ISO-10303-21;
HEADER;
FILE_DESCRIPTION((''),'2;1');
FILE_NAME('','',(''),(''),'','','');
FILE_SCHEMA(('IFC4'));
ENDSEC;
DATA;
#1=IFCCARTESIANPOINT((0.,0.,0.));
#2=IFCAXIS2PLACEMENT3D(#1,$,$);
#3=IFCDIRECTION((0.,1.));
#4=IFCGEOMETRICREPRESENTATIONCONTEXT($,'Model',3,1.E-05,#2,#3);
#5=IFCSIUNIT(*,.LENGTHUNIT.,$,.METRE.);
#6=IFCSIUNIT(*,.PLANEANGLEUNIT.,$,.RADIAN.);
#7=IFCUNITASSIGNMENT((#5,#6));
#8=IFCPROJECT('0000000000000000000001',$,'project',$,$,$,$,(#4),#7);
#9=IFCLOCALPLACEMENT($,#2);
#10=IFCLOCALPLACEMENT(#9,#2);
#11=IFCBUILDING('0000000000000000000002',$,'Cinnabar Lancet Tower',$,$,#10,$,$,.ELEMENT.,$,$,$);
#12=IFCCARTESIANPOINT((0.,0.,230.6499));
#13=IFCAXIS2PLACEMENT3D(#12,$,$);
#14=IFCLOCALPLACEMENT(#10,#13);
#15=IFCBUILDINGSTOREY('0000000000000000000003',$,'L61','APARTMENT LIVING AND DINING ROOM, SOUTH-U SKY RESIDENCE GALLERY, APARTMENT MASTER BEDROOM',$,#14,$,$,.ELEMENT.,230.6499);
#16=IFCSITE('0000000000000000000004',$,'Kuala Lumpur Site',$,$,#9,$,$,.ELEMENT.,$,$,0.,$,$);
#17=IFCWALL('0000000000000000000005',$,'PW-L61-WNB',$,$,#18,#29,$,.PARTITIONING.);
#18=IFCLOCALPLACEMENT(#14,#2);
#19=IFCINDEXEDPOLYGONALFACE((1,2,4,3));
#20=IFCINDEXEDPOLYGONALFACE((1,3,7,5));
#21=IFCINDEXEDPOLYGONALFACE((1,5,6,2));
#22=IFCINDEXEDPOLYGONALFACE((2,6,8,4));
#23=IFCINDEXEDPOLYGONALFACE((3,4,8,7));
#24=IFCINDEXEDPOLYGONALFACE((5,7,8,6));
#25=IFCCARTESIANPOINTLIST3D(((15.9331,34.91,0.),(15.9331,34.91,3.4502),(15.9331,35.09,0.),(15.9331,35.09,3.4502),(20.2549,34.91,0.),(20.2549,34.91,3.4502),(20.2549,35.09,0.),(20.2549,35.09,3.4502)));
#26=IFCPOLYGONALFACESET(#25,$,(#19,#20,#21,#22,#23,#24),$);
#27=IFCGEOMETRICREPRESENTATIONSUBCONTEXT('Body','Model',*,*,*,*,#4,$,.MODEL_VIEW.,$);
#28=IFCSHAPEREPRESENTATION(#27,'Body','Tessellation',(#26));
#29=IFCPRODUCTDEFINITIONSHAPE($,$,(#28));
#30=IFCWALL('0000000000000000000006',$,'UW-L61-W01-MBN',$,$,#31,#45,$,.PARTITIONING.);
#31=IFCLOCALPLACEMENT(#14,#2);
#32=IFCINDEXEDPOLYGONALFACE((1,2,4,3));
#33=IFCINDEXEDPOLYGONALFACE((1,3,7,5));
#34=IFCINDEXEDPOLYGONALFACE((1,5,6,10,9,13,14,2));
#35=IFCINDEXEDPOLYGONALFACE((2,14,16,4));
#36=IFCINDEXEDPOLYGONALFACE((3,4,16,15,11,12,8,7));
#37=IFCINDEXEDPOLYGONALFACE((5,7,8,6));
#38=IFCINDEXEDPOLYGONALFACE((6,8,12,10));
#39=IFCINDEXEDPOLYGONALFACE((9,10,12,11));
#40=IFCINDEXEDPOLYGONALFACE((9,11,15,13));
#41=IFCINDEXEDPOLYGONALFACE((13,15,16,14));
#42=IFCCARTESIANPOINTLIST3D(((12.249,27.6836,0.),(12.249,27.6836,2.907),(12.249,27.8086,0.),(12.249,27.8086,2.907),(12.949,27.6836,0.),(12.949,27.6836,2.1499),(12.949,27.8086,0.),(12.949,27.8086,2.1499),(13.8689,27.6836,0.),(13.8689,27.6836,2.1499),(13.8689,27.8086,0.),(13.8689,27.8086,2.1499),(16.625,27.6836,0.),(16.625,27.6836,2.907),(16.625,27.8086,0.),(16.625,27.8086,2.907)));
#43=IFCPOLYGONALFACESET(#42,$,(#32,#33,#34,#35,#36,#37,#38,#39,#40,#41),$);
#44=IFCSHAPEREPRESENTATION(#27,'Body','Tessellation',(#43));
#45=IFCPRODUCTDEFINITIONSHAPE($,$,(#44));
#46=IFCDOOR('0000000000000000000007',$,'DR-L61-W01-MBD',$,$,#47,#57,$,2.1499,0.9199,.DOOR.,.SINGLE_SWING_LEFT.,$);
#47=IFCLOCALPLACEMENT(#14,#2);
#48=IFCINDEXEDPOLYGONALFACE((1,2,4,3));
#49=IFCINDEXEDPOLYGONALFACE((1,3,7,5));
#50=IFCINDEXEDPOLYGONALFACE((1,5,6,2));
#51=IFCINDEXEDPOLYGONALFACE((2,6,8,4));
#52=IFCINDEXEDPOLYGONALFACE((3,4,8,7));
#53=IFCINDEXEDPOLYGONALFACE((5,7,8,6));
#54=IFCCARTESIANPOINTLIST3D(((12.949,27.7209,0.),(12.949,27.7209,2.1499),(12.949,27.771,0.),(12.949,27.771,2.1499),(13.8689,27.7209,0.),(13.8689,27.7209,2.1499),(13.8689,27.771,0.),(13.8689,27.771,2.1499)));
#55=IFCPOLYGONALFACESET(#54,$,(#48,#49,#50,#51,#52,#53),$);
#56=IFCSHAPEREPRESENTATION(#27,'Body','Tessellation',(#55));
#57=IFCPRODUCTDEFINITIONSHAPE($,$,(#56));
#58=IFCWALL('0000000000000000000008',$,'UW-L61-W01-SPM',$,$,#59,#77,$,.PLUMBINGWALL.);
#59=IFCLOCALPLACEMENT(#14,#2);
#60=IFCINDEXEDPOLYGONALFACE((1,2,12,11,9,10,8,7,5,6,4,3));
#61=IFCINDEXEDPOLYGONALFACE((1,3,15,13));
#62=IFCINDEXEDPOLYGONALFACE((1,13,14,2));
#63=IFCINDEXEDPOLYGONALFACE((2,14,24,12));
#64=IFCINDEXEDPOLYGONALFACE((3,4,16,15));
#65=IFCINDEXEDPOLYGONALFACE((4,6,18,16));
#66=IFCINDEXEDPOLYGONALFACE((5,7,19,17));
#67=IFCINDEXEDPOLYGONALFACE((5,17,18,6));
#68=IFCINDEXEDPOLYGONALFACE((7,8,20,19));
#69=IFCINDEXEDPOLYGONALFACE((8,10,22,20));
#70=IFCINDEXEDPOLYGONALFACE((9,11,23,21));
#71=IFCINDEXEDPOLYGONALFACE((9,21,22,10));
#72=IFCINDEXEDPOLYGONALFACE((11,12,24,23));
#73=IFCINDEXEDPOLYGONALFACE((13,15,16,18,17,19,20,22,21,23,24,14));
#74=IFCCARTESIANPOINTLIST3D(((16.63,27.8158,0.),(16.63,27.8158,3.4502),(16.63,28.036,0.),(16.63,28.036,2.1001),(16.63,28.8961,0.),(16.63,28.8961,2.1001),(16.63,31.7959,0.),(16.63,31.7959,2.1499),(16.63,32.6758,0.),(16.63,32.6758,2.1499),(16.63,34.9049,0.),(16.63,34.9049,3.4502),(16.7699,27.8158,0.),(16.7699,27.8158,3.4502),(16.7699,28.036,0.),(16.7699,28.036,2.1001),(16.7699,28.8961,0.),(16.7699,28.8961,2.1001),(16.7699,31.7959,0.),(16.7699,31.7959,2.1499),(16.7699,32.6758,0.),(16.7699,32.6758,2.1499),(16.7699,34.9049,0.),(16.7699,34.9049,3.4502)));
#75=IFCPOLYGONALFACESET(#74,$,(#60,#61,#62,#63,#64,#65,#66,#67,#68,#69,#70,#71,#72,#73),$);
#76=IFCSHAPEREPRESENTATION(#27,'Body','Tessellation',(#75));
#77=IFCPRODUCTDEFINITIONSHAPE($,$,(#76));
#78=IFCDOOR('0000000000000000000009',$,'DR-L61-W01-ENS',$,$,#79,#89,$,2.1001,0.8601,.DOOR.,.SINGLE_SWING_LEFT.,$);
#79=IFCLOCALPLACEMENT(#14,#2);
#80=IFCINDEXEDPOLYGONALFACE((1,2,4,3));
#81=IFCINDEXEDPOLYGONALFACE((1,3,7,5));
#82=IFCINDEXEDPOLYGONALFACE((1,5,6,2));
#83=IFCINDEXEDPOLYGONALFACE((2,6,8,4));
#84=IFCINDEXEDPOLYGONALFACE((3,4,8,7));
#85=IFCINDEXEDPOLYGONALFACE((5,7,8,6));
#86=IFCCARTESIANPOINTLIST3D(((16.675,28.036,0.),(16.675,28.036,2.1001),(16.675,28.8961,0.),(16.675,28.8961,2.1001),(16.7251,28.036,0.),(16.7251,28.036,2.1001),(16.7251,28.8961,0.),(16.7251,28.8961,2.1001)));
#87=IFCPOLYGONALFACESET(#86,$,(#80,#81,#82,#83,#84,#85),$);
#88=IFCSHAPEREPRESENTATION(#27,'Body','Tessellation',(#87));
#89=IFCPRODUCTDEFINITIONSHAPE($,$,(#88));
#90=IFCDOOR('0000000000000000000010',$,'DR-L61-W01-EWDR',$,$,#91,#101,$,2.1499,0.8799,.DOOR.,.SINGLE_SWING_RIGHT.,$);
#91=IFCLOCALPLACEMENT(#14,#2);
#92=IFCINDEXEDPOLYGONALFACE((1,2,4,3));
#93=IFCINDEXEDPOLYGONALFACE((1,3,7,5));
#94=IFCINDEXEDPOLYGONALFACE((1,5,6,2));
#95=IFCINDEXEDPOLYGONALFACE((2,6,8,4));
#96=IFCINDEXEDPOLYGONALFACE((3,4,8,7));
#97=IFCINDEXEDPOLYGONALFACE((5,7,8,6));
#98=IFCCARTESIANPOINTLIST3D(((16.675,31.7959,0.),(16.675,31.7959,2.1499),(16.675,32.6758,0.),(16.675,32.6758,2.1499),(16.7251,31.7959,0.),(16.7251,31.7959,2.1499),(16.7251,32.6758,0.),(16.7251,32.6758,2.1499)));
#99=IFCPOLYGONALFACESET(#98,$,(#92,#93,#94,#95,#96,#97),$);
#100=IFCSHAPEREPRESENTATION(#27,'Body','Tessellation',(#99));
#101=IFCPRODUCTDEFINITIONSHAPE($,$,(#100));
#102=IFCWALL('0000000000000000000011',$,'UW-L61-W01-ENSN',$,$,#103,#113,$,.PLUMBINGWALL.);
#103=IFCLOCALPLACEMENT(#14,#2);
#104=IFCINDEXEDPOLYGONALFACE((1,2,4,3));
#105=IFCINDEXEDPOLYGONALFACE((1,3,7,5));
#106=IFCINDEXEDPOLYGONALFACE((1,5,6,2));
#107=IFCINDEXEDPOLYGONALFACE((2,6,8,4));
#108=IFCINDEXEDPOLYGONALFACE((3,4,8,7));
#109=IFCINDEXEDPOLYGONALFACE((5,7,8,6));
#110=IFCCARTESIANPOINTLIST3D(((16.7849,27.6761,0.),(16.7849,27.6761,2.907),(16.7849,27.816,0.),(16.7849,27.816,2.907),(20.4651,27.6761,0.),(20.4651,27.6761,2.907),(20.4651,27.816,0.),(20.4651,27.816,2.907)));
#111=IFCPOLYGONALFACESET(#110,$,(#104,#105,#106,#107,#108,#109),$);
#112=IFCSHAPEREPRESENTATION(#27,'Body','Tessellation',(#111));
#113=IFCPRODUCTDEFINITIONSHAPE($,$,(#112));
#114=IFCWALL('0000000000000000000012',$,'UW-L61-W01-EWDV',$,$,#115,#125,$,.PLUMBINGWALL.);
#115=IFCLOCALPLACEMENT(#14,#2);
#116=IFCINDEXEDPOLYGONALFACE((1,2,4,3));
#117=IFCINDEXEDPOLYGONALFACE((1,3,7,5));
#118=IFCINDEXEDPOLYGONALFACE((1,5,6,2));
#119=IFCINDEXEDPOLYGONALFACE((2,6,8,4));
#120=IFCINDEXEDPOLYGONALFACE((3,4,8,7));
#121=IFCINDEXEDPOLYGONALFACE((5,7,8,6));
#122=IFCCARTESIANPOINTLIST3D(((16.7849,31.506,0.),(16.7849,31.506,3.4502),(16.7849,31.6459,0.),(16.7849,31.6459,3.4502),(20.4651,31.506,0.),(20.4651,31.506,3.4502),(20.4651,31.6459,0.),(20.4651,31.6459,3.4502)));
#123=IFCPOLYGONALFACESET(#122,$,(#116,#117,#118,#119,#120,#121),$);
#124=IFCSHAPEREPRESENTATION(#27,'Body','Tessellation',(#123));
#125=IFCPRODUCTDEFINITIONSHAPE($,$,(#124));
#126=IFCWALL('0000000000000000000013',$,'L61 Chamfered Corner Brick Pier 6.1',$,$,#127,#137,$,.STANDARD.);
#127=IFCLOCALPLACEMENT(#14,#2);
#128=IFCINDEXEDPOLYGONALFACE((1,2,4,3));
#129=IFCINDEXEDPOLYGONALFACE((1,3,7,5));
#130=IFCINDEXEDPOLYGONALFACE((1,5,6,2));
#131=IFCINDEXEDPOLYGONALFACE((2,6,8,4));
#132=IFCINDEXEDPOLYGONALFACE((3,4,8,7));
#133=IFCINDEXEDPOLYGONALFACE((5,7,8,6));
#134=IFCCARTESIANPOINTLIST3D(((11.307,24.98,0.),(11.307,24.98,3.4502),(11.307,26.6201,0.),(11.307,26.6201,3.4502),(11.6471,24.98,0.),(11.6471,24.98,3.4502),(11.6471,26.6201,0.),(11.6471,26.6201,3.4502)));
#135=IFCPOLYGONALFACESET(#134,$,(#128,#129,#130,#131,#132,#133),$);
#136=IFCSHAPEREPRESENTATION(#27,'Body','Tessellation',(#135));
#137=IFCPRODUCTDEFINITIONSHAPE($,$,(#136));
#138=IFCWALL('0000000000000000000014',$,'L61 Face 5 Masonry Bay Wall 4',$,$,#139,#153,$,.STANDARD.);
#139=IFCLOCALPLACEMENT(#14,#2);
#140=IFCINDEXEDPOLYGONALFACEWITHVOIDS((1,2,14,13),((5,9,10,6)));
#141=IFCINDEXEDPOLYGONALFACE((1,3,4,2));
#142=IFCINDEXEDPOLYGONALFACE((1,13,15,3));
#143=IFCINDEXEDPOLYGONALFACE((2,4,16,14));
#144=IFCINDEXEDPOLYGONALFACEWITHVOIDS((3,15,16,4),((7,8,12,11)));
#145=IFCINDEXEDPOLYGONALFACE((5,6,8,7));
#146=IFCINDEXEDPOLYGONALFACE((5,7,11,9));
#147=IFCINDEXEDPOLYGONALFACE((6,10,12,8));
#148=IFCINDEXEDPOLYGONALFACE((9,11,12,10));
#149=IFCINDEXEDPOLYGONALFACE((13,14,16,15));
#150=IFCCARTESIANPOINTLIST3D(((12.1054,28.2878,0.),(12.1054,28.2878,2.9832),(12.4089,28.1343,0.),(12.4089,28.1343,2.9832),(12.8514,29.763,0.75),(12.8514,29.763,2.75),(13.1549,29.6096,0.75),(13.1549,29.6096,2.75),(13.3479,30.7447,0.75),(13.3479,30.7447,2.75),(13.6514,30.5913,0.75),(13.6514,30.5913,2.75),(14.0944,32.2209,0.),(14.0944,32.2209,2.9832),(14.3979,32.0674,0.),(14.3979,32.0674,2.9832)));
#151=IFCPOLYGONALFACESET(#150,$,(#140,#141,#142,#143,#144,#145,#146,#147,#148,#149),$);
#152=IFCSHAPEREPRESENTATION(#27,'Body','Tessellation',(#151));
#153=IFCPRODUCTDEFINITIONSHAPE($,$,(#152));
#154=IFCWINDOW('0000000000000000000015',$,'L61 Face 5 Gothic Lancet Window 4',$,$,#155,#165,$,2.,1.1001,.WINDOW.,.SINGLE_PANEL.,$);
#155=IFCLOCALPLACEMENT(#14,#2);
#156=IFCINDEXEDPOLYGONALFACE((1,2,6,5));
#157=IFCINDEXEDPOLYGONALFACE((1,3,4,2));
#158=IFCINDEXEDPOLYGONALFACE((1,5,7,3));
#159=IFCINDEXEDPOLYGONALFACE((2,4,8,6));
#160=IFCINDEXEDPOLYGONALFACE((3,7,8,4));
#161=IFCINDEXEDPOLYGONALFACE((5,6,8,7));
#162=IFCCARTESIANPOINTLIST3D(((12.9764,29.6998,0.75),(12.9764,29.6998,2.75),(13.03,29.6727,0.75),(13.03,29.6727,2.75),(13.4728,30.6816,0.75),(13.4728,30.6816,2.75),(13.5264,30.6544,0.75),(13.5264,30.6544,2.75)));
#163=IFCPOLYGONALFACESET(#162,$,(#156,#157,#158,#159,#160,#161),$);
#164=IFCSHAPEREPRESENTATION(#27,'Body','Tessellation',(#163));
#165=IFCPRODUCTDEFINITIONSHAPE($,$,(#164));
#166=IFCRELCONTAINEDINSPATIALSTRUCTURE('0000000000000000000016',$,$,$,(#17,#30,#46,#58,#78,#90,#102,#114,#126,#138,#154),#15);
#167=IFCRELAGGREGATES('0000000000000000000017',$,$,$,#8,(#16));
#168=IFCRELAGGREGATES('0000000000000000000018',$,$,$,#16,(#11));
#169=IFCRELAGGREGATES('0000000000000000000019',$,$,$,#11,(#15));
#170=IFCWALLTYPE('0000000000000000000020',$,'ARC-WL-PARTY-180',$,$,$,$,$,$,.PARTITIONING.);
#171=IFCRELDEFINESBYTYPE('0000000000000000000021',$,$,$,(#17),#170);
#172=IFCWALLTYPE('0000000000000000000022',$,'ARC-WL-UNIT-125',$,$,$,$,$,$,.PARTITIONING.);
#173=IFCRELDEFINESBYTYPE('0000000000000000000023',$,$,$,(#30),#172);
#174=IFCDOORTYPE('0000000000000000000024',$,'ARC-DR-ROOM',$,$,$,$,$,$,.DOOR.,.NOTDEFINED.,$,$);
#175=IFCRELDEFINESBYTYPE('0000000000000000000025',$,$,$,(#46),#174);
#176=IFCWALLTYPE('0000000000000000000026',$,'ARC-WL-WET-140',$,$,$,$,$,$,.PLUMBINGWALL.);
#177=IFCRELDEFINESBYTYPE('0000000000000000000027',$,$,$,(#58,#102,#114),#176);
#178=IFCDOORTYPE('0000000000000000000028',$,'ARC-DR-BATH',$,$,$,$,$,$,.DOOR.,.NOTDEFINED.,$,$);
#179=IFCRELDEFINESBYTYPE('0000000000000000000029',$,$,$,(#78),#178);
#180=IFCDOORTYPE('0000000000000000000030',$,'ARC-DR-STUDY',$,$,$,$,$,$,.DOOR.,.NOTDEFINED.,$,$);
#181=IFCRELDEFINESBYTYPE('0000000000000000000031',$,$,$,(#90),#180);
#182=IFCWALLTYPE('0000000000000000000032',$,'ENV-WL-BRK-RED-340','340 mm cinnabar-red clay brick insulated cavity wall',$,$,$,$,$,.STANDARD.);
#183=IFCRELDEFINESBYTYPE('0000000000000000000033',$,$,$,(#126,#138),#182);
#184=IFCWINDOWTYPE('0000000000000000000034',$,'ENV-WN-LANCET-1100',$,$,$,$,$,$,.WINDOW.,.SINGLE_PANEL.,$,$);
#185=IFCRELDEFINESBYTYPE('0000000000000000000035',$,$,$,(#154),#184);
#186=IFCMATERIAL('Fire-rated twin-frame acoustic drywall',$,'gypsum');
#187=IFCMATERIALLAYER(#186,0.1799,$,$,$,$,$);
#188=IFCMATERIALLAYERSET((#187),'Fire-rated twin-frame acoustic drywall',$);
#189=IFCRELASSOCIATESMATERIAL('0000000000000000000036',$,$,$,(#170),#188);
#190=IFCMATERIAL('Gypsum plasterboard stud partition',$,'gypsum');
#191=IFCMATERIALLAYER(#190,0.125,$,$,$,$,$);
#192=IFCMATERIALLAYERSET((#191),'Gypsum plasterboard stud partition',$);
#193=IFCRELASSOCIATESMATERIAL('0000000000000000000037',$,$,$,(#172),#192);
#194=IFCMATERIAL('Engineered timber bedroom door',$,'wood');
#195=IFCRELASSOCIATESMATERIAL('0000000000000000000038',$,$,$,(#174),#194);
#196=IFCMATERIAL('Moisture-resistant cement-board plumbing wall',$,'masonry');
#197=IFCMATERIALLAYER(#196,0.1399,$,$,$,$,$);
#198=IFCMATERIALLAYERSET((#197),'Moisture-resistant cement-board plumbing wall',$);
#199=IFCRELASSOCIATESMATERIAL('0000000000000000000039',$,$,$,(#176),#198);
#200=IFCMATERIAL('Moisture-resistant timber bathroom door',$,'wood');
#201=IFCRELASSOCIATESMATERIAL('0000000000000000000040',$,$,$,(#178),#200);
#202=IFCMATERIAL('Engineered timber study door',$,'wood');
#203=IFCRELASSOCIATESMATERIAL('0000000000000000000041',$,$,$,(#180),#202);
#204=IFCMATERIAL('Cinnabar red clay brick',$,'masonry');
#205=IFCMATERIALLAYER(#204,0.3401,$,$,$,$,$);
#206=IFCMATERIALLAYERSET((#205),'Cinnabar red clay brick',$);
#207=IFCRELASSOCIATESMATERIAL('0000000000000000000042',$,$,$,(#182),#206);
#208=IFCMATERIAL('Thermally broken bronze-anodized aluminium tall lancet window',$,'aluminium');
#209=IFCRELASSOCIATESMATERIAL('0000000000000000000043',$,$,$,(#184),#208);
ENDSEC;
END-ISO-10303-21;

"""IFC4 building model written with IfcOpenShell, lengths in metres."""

from ifc_helpers import new_model, si_unit, direction, frame, frame_2d, origin, place, context, subcontext, project, spatial, rectangle, extrude, material, layer, layer_set, type_object, element, fill, save


model = new_model("IFC4")

# Units and contexts
model_context = context("Model", 3, precision=1e-05, world=origin(), true_north=direction((0.0, 1.0)))
body_context = subcontext(model_context, "Body", "Model", "MODEL_VIEW")
ifc_project = project(units=[si_unit("LENGTHUNIT", "METRE"), si_unit("PLANEANGLEUNIT", "RADIAN")], contexts=[model_context])

# Site, building, storey
site_placement = place(None, origin())
site = spatial("IfcSite", under=ifc_project, at=site_placement, Name="Kuala Lumpur Site", CompositionType="ELEMENT", RefElevation=0.0)
building_placement = place(site_placement, origin())
building = spatial("IfcBuilding", under=site, at=building_placement, Name="Cinnabar Lancet Tower", CompositionType="ELEMENT")
storey_placement = place(building_placement, frame((0.0, 0.0, 230.6499)))
storey = spatial("IfcBuildingStorey", under=building, at=storey_placement, Name="L61", Description="APARTMENT LIVING AND DINING ROOM, SOUTH-U SKY RESIDENCE GALLERY, APARTMENT MASTER BEDROOM", CompositionType="ELEMENT", Elevation=230.6499)

# Wall
ifc_material_1 = material(Name="Fire-rated twin-frame acoustic drywall", Category="gypsum")
ifc_layer_1 = layer(ifc_material_1, 0.1799)
ifc_layer_set_1 = layer_set([ifc_layer_1], Name="Fire-rated twin-frame acoustic drywall")
wall_type_1 = type_object("IfcWallType", Name="ARC-WL-PARTY-180", PredefinedType="PARTITIONING", material=ifc_layer_set_1)
wall_1_placement = place(storey_placement, frame((15.9331, 35.0, 0.0), z_axis=(0.0, 0.0, 1.0), x_axis=(1.0, 0.0, 0.0)))
element("IfcWall", 1, at=wall_1_placement, inside=storey, type_object=wall_type_1, Name="PW-L61-WNB", PredefinedType="PARTITIONING", context=body_context, shape_type="SweptSolid", body=[
    extrude(rectangle(XDim=4.3218, YDim=0.1799, at=frame_2d((2.1609, 0.0))), origin(), (0.0, 0.0, 1.0), 3.4502),
])

# Wall, opening, door
ifc_material_2 = material(Name="Gypsum plasterboard stud partition", Category="gypsum")
ifc_layer_2 = layer(ifc_material_2, 0.125)
ifc_layer_set_2 = layer_set([ifc_layer_2], Name="Gypsum plasterboard stud partition")
wall_type_2 = type_object("IfcWallType", Name="ARC-WL-UNIT-125", PredefinedType="PARTITIONING", material=ifc_layer_set_2)
wall_2_placement = place(storey_placement, frame((12.249, 27.7461, 0.0), z_axis=(0.0, 0.0, 1.0), x_axis=(1.0, 0.0, 0.0)))
wall_2 = element("IfcWall", 2, at=wall_2_placement, inside=storey, type_object=wall_type_2, Name="UW-L61-W01-MBN", PredefinedType="PARTITIONING", context=body_context, shape_type="SweptSolid", body=[
    extrude(rectangle(XDim=4.376, YDim=0.125, at=frame_2d((2.188, 0.0))), origin(), (0.0, 0.0, 1.0), 2.907),
])
opening_1_placement = place(wall_2_placement, frame((0.7, 0.0, 0.0)))
opening_1 = element("IfcOpeningElement", 3, at=opening_1_placement, cuts=wall_2, PredefinedType="OPENING", context=body_context, shape_type="SweptSolid", body=[
    extrude(rectangle(XDim=0.9199, YDim=2.1499, at=frame_2d((0.46, 1.075))), frame((0.0, 0.0725, 0.0), z_axis=(0.0, -1.0, 0.0), x_axis=(1.0, 0.0, 0.0)), (0.0, 0.0, 1.0), 0.145),
])
ifc_material_3 = material(Name="Engineered timber bedroom door", Category="wood")
door_type_1 = type_object("IfcDoorType", Name="ARC-DR-ROOM", OperationType="NOTDEFINED", PredefinedType="DOOR", material=ifc_material_3)
door_1_placement = place(opening_1_placement, origin())
door_1 = element("IfcDoor", 4, at=door_1_placement, inside=storey, type_object=door_type_1, Name="DR-L61-W01-MBD", OperationType="SINGLE_SWING_LEFT", OverallHeight=2.1499, OverallWidth=0.9199, PredefinedType="DOOR", context=body_context, shape_type="SweptSolid", body=[
    extrude(rectangle(XDim=0.9199, YDim=2.1499, at=frame_2d((0.46, 1.075))), frame((0.0, 0.0249, 0.0), z_axis=(0.0, -1.0, 0.0), x_axis=(1.0, 0.0, 0.0)), (0.0, 0.0, 1.0), 0.05),
])
fill(opening_1, door_1)

# Wall, openings, doors
ifc_material_4 = material(Name="Moisture-resistant cement-board plumbing wall", Category="masonry")
ifc_layer_3 = layer(ifc_material_4, 0.1399)
ifc_layer_set_3 = layer_set([ifc_layer_3], Name="Moisture-resistant cement-board plumbing wall")
wall_type_3 = type_object("IfcWallType", Name="ARC-WL-WET-140", PredefinedType="PLUMBINGWALL", material=ifc_layer_set_3)
wall_3_placement = place(storey_placement, frame((16.7, 27.8159, 0.0), z_axis=(0.0, 0.0, 1.0), x_axis=(0.0, 1.0, 0.0)))
wall_3 = element("IfcWall", 5, at=wall_3_placement, inside=storey, type_object=wall_type_3, Name="UW-L61-W01-SPM", PredefinedType="PLUMBINGWALL", context=body_context, shape_type="SweptSolid", body=[
    extrude(rectangle(XDim=7.0891, YDim=0.1399, at=frame_2d((3.5444, 0.0))), origin(), (0.0, 0.0, 1.0), 3.4502),
])
opening_2_placement = place(wall_3_placement, frame((0.22, 0.0, 0.0)))
opening_2 = element("IfcOpeningElement", 6, at=opening_2_placement, cuts=wall_3, PredefinedType="OPENING", context=body_context, shape_type="SweptSolid", body=[
    extrude(rectangle(XDim=0.8601, YDim=2.1001, at=frame_2d((0.4302, 1.05))), frame((0.0, 0.0798, 0.0), z_axis=(0.0, -1.0, 0.0), x_axis=(1.0, 0.0, 0.0)), (0.0, 0.0, 1.0), 0.1599),
])
opening_3_placement = place(wall_3_placement, frame((3.98, 0.0, 0.0)))
opening_3 = element("IfcOpeningElement", 7, at=opening_3_placement, cuts=wall_3, PredefinedType="OPENING", context=body_context, shape_type="SweptSolid", body=[
    extrude(rectangle(XDim=0.8799, YDim=2.1499, at=frame_2d((0.4399, 1.075))), frame((0.0, 0.0798, 0.0), z_axis=(0.0, -1.0, 0.0), x_axis=(1.0, 0.0, 0.0)), (0.0, 0.0, 1.0), 0.1599),
])
ifc_material_5 = material(Name="Moisture-resistant timber bathroom door", Category="wood")
door_type_2 = type_object("IfcDoorType", Name="ARC-DR-BATH", OperationType="NOTDEFINED", PredefinedType="DOOR", material=ifc_material_5)
door_2_placement = place(opening_2_placement, origin())
door_2 = element("IfcDoor", 8, at=door_2_placement, inside=storey, type_object=door_type_2, Name="DR-L61-W01-ENS", OperationType="SINGLE_SWING_LEFT", OverallHeight=2.1001, OverallWidth=0.8601, PredefinedType="DOOR", context=body_context, shape_type="SweptSolid", body=[
    extrude(rectangle(XDim=0.8601, YDim=2.1001, at=frame_2d((0.4302, 1.05))), frame((0.0, 0.0249, 0.0), z_axis=(0.0, -1.0, 0.0), x_axis=(1.0, 0.0, 0.0)), (0.0, 0.0, 1.0), 0.05),
])
fill(opening_2, door_2)
ifc_material_6 = material(Name="Engineered timber study door", Category="wood")
door_type_3 = type_object("IfcDoorType", Name="ARC-DR-STUDY", OperationType="NOTDEFINED", PredefinedType="DOOR", material=ifc_material_6)
door_3_placement = place(opening_3_placement, origin())
door_3 = element("IfcDoor", 9, at=door_3_placement, inside=storey, type_object=door_type_3, Name="DR-L61-W01-EWDR", OperationType="SINGLE_SWING_RIGHT", OverallHeight=2.1499, OverallWidth=0.8799, PredefinedType="DOOR", context=body_context, shape_type="SweptSolid", body=[
    extrude(rectangle(XDim=0.8799, YDim=2.1499, at=frame_2d((0.4399, 1.075))), frame((0.0, 0.0249, 0.0), z_axis=(0.0, -1.0, 0.0), x_axis=(1.0, 0.0, 0.0)), (0.0, 0.0, 1.0), 0.05),
])
fill(opening_3, door_3)

# Walls
wall_4_placement = place(storey_placement, frame((16.7849, 27.7461, 0.0), z_axis=(0.0, 0.0, 1.0), x_axis=(1.0, 0.0, 0.0)))
element("IfcWall", 10, at=wall_4_placement, inside=storey, type_object=wall_type_3, Name="UW-L61-W01-ENSN", PredefinedType="PLUMBINGWALL", context=body_context, shape_type="SweptSolid", body=[
    extrude(rectangle(XDim=3.6802, YDim=0.1399, at=frame_2d((1.8401, 0.0))), origin(), (0.0, 0.0, 1.0), 2.907),
])
wall_5_placement = place(storey_placement, frame((16.7849, 31.5759, 0.0), z_axis=(0.0, 0.0, 1.0), x_axis=(1.0, 0.0, 0.0)))
element("IfcWall", 11, at=wall_5_placement, inside=storey, type_object=wall_type_3, Name="UW-L61-W01-EWDV", PredefinedType="PLUMBINGWALL", context=body_context, shape_type="SweptSolid", body=[
    extrude(rectangle(XDim=3.6802, YDim=0.1399, at=frame_2d((1.8401, 0.0))), origin(), (0.0, 0.0, 1.0), 3.4502),
])
ifc_material_7 = material(Name="Cinnabar red clay brick", Category="masonry")
ifc_layer_4 = layer(ifc_material_7, 0.3401)
ifc_layer_set_4 = layer_set([ifc_layer_4], Name="Cinnabar red clay brick")
wall_type_4 = type_object("IfcWallType", Name="ENV-WL-BRK-RED-340", Description="340 mm cinnabar-red clay brick insulated cavity wall", PredefinedType="STANDARD", material=ifc_layer_set_4)
wall_6_placement = place(storey_placement, frame((11.4771, 26.6201, 0.0), z_axis=(0.0, 0.0, 1.0), x_axis=(0.0, -1.0, 0.0)))
element("IfcWall", 12, at=wall_6_placement, inside=storey, type_object=wall_type_4, Name="L61 Chamfered Corner Brick Pier 6.1", PredefinedType="STANDARD", context=body_context, shape_type="SweptSolid", body=[
    extrude(rectangle(XDim=1.6401, YDim=0.3401, at=frame_2d((0.8201, 0.0))), origin(), (0.0, 0.0, 1.0), 3.4502),
])

# Wall, opening, window
wall_7_placement = place(storey_placement, frame((14.2461, 32.144, 0.0), z_axis=(0.0, 0.0, 1.0), x_axis=(-0.451286, -0.892379, 0.0)))
wall_7 = element("IfcWall", 13, at=wall_7_placement, inside=storey, type_object=wall_type_4, Name="L61 Face 5 Masonry Bay Wall 4", PredefinedType="STANDARD", context=body_context, shape_type="SweptSolid", body=[
    extrude(rectangle(XDim=4.4075, YDim=0.3401, at=frame_2d((2.2036, 0.0))), origin(), (0.0, 0.0, 1.0), 2.9832),
])
opening_4_placement = place(wall_7_placement, frame((1.6541, 0.0, 0.75)))
opening_4 = element("IfcOpeningElement", 14, at=opening_4_placement, cuts=wall_7, PredefinedType="OPENING", context=body_context, shape_type="SweptSolid", body=[
    extrude(rectangle(XDim=1.1001, YDim=2.0, at=frame_2d((0.55, 1.0))), frame((0.0, 0.1799, 0.0), z_axis=(0.0, -1.0, 0.0), x_axis=(1.0, 0.0, 0.0)), (0.0, 0.0, 1.0), 0.3601),
])
ifc_material_8 = material(Name="Thermally broken bronze-anodized aluminium tall lancet window", Category="aluminium")
window_type = type_object("IfcWindowType", Name="ENV-WN-LANCET-1100", PartitioningType="SINGLE_PANEL", PredefinedType="WINDOW", material=ifc_material_8)
window_placement = place(opening_4_placement, origin())
window = element("IfcWindow", 15, at=window_placement, inside=storey, type_object=window_type, Name="L61 Face 5 Gothic Lancet Window 4", OverallHeight=2.0, OverallWidth=1.1001, PartitioningType="SINGLE_PANEL", PredefinedType="WINDOW", context=body_context, shape_type="SweptSolid", body=[
    extrude(rectangle(XDim=1.1001, YDim=2.0, at=frame_2d((0.55, 1.0))), frame((0.0, 0.03, 0.0), z_axis=(0.0, -1.0, 0.0), x_axis=(1.0, 0.0, 0.0)), (0.0, 0.0, 1.0), 0.0601),
])
fill(opening_4, window)

save(model, "model.ifc")
